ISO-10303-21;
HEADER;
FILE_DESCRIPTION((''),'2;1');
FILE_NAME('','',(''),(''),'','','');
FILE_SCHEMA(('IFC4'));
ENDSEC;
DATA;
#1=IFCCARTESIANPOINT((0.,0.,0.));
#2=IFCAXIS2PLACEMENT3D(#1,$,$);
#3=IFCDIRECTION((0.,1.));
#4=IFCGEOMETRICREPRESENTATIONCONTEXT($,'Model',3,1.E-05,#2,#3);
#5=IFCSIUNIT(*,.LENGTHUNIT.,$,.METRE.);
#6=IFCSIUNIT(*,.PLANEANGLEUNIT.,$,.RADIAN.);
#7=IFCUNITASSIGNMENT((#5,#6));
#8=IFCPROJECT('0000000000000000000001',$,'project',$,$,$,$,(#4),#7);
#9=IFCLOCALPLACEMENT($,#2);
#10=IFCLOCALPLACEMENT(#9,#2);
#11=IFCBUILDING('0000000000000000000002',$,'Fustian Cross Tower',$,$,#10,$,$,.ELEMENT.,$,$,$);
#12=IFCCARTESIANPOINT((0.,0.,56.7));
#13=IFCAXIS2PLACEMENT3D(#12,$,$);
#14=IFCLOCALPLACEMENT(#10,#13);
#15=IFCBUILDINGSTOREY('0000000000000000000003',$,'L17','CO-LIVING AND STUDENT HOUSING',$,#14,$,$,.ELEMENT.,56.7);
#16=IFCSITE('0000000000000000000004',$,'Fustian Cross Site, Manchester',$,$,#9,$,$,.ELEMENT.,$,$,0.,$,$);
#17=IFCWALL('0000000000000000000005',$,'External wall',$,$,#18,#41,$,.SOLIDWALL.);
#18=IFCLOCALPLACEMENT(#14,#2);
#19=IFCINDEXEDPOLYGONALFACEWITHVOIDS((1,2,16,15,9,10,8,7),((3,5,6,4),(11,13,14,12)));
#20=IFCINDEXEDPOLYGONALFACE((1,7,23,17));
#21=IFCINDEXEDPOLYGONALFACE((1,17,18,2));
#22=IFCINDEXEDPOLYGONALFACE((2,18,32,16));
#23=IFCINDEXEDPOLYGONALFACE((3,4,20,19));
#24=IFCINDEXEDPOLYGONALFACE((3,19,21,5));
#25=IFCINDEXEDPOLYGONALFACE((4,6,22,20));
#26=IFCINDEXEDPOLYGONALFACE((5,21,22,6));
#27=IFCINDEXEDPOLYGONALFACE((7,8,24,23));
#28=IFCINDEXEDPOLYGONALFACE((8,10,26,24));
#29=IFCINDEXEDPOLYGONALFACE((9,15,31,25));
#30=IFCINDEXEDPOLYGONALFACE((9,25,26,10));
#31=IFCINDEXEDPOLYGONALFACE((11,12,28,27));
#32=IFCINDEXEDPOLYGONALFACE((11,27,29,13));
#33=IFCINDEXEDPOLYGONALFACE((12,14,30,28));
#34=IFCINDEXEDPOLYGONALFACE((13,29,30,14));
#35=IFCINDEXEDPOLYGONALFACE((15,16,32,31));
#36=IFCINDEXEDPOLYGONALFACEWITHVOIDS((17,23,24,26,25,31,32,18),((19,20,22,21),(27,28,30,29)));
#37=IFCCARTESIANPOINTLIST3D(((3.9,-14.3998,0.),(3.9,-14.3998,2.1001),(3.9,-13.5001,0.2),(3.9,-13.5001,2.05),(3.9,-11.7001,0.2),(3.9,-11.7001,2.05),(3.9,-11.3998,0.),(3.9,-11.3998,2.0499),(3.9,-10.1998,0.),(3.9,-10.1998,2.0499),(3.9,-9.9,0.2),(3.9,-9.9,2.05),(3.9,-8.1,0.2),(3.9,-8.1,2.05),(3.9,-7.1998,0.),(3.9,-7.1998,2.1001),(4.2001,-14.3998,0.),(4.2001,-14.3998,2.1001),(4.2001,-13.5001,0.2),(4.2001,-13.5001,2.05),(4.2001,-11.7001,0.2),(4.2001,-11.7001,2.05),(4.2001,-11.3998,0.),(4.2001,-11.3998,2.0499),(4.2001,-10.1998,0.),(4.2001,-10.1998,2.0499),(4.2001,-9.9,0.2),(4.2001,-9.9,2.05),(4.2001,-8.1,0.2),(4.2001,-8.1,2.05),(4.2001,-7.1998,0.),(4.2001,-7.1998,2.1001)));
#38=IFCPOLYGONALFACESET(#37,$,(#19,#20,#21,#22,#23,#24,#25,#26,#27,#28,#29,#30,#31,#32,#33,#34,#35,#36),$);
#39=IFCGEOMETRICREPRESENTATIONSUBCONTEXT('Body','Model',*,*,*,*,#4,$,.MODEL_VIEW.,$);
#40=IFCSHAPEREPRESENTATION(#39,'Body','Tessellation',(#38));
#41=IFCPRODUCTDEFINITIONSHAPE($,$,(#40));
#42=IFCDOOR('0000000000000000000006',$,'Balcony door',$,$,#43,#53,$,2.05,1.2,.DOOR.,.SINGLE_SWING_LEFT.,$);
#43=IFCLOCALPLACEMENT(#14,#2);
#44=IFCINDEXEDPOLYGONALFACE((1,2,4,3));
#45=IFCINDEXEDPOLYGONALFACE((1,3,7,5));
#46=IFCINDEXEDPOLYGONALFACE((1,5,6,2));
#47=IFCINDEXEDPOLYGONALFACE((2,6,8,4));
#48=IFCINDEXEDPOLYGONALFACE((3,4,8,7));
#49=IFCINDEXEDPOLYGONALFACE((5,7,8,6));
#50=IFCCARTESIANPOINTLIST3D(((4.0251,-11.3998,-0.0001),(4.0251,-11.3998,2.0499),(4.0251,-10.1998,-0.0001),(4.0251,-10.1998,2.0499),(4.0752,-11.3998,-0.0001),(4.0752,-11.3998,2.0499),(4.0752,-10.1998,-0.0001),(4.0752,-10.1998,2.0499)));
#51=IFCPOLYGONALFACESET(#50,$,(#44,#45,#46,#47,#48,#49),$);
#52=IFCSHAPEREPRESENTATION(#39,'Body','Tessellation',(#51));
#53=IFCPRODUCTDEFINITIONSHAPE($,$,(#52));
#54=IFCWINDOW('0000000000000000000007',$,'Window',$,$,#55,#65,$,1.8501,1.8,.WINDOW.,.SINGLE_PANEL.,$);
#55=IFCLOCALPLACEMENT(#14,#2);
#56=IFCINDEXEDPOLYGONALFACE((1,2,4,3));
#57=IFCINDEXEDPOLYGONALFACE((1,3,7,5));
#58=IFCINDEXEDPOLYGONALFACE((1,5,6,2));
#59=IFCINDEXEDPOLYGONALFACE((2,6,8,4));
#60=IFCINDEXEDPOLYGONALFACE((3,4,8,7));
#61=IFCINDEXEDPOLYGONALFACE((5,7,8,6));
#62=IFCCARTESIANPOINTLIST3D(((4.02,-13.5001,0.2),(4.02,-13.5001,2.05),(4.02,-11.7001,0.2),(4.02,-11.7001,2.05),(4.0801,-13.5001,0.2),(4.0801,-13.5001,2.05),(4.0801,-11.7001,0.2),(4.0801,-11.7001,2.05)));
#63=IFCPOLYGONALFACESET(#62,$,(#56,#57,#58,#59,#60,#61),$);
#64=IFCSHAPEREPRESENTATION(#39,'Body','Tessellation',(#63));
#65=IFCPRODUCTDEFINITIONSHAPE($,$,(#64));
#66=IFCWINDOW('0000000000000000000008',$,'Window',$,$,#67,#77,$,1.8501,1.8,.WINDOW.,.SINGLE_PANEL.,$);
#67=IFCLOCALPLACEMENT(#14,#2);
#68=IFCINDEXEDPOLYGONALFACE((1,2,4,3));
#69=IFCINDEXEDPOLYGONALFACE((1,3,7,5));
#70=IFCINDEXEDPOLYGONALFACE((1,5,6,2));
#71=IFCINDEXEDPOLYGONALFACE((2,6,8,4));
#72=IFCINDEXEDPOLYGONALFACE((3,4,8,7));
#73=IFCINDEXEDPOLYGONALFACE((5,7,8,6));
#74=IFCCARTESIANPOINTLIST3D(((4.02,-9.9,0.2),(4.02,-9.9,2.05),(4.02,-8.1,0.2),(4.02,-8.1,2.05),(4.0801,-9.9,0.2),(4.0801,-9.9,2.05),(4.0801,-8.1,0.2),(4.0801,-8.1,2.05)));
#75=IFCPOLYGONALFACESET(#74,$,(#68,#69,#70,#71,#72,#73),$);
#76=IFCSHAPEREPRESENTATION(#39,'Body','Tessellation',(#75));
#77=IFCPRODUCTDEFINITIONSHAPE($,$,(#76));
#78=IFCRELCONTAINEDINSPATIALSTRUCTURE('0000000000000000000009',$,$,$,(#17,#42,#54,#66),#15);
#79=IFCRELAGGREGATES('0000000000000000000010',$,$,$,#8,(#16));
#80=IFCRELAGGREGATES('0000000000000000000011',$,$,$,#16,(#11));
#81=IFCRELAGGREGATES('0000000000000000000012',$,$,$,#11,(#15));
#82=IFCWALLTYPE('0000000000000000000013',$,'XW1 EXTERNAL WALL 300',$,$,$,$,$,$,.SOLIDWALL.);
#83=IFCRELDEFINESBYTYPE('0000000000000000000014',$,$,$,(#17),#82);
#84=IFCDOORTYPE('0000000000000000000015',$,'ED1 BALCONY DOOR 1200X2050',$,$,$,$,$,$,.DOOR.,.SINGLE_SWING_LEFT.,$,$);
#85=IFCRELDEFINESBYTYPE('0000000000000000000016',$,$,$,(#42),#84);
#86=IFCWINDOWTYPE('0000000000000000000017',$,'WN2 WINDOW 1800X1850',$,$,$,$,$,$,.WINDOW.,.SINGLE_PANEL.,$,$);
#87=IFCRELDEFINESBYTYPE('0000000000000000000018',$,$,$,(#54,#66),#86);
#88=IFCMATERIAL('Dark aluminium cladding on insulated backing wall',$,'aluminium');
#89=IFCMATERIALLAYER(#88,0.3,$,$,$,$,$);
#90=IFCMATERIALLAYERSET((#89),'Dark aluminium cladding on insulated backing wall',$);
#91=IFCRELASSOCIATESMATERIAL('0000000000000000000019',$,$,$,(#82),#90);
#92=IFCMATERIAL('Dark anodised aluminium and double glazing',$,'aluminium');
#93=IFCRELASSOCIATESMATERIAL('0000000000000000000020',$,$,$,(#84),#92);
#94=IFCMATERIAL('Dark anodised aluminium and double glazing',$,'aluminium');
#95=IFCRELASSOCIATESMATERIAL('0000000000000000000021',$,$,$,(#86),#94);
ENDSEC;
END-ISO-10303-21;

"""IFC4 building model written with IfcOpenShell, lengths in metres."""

from ifc_helpers import new_model, si_unit, direction, frame, frame_2d, origin, place, context, subcontext, project, spatial, rectangle, extrude, material, layer, layer_set, type_object, element, fill, save


model = new_model("IFC4")

# Units and contexts
model_context = context("Model", 3, precision=1e-05, world=origin(), true_north=direction((0.0, 1.0)))
body_context = subcontext(model_context, "Body", "Model", "MODEL_VIEW")
ifc_project = project(units=[si_unit("LENGTHUNIT", "METRE"), si_unit("PLANEANGLEUNIT", "RADIAN")], contexts=[model_context])

# Site, building, storey
site_placement = place(None, origin())
site = spatial("IfcSite", under=ifc_project, at=site_placement, Name="Fustian Cross Site, Manchester", CompositionType="ELEMENT", RefElevation=0.0)
building_placement = place(site_placement, origin())
building = spatial("IfcBuilding", under=site, at=building_placement, Name="Fustian Cross Tower", CompositionType="ELEMENT")
storey_placement = place(building_placement, frame((0.0, 0.0, 56.7)))
storey = spatial("IfcBuildingStorey", under=building, at=storey_placement, Name="L17", Description="CO-LIVING AND STUDENT HOUSING", CompositionType="ELEMENT", Elevation=56.7)

# Shared definitions
ifc_material_1 = material(Name="Dark aluminium cladding on insulated backing wall", Category="aluminium")
ifc_layer_1 = layer(ifc_material_1, 0.3)
ifc_layer_set_1 = layer_set([ifc_layer_1], Name="Dark aluminium cladding on insulated backing wall")
wall_type_1 = type_object("IfcWallType", Name="XW1 EXTERNAL WALL 300", PredefinedType="SOLIDWALL", material=ifc_layer_set_1)

# Wall, openings, door, windows
wall_1_placement = place(storey_placement, frame((4.05, -14.3999, 0.0), z_axis=(0.0, 0.0, 1.0), x_axis=(0.0, 1.0, 0.0)))
wall_1 = element("IfcWall", 1, at=wall_1_placement, inside=storey, type_object=wall_type_1, Name="External wall", PredefinedType="SOLIDWALL", context=body_context, shape_type="SweptSolid", body=[
    extrude(rectangle(XDim=7.2, YDim=0.3, at=frame_2d((3.6001, 0.0))), origin(), (0.0, 0.0, 1.0), 2.1001),
])
opening_1_placement = place(wall_1_placement, frame((3.0, 0.0, 0.0)))
opening_1 = element("IfcOpeningElement", 2, at=opening_1_placement, cuts=wall_1, PredefinedType="OPENING", context=body_context, shape_type="SweptSolid", body=[
    extrude(rectangle(XDim=1.2, YDim=2.05, at=frame_2d((0.6001, 1.0249))), frame((0.0, 0.1599, 0.0), z_axis=(0.0, -1.0, 0.0), x_axis=(1.0, 0.0, 0.0)), (0.0, 0.0, 1.0), 0.3201),
])
opening_2_placement = place(wall_1_placement, frame((0.8999, 0.0, 0.2)))
opening_2 = element("IfcOpeningElement", 3, at=opening_2_placement, cuts=wall_1, PredefinedType="OPENING", context=body_context, shape_type="SweptSolid", body=[
    extrude(rectangle(XDim=1.8, YDim=1.8501, at=frame_2d((0.8999, 0.925))), frame((0.0, 0.1599, 0.0), z_axis=(0.0, -1.0, 0.0), x_axis=(1.0, 0.0, 0.0)), (0.0, 0.0, 1.0), 0.3201),
])
opening_3_placement = place(wall_1_placement, frame((4.5, 0.0, 0.2)))
opening_3 = element("IfcOpeningElement", 4, at=opening_3_placement, cuts=wall_1, PredefinedType="OPENING", context=body_context, shape_type="SweptSolid", body=[
    extrude(rectangle(XDim=1.8, YDim=1.8501, at=frame_2d((0.8999, 0.925))), frame((0.0, 0.1599, 0.0), z_axis=(0.0, -1.0, 0.0), x_axis=(1.0, 0.0, 0.0)), (0.0, 0.0, 1.0), 0.3201),
])
ifc_material_2 = material(Name="Dark anodised aluminium and double glazing", Category="aluminium")
door_type = type_object("IfcDoorType", Name="ED1 BALCONY DOOR 1200X2050", OperationType="SINGLE_SWING_LEFT", PredefinedType="DOOR", material=ifc_material_2)
door_placement = place(opening_1_placement, origin())
door = element("IfcDoor", 5, at=door_placement, inside=storey, type_object=door_type, Name="Balcony door", OperationType="SINGLE_SWING_LEFT", OverallHeight=2.05, OverallWidth=1.2, PredefinedType="DOOR", context=body_context, shape_type="SweptSolid", body=[
    extrude(rectangle(XDim=1.2, YDim=2.05, at=frame_2d((0.6001, 1.0249))), frame((0.0, 0.0249, 0.0), z_axis=(0.0, -1.0, 0.0), x_axis=(1.0, 0.0, 0.0)), (0.0, 0.0, 1.0), 0.05),
])
fill(opening_1, door)
ifc_material_3 = material(Name="Dark anodised aluminium and double glazing", Category="aluminium")
window_type = type_object("IfcWindowType", Name="WN2 WINDOW 1800X1850", PartitioningType="SINGLE_PANEL", PredefinedType="WINDOW", material=ifc_material_3)
window_1_placement = place(opening_2_placement, origin())
window_1 = element("IfcWindow", 6, at=window_1_placement, inside=storey, type_object=window_type, Name="Window", OverallHeight=1.8501, OverallWidth=1.8, PartitioningType="SINGLE_PANEL", PredefinedType="WINDOW", context=body_context, shape_type="SweptSolid", body=[
    extrude(rectangle(XDim=1.8, YDim=1.8501, at=frame_2d((0.8999, 0.925))), frame((0.0, 0.03, 0.0), z_axis=(0.0, -1.0, 0.0), x_axis=(1.0, 0.0, 0.0)), (0.0, 0.0, 1.0), 0.0601),
])
fill(opening_2, window_1)
window_2_placement = place(opening_3_placement, origin())
window_2 = element("IfcWindow", 7, at=window_2_placement, inside=storey, type_object=window_type, Name="Window", OverallHeight=1.8501, OverallWidth=1.8, PartitioningType="SINGLE_PANEL", PredefinedType="WINDOW", context=body_context, shape_type="SweptSolid", body=[
    extrude(rectangle(XDim=1.8, YDim=1.8501, at=frame_2d((0.8999, 0.925))), frame((0.0, 0.03, 0.0), z_axis=(0.0, -1.0, 0.0), x_axis=(1.0, 0.0, 0.0)), (0.0, 0.0, 1.0), 0.0601),
])
fill(opening_3, window_2)

save(model, "model.ifc")
